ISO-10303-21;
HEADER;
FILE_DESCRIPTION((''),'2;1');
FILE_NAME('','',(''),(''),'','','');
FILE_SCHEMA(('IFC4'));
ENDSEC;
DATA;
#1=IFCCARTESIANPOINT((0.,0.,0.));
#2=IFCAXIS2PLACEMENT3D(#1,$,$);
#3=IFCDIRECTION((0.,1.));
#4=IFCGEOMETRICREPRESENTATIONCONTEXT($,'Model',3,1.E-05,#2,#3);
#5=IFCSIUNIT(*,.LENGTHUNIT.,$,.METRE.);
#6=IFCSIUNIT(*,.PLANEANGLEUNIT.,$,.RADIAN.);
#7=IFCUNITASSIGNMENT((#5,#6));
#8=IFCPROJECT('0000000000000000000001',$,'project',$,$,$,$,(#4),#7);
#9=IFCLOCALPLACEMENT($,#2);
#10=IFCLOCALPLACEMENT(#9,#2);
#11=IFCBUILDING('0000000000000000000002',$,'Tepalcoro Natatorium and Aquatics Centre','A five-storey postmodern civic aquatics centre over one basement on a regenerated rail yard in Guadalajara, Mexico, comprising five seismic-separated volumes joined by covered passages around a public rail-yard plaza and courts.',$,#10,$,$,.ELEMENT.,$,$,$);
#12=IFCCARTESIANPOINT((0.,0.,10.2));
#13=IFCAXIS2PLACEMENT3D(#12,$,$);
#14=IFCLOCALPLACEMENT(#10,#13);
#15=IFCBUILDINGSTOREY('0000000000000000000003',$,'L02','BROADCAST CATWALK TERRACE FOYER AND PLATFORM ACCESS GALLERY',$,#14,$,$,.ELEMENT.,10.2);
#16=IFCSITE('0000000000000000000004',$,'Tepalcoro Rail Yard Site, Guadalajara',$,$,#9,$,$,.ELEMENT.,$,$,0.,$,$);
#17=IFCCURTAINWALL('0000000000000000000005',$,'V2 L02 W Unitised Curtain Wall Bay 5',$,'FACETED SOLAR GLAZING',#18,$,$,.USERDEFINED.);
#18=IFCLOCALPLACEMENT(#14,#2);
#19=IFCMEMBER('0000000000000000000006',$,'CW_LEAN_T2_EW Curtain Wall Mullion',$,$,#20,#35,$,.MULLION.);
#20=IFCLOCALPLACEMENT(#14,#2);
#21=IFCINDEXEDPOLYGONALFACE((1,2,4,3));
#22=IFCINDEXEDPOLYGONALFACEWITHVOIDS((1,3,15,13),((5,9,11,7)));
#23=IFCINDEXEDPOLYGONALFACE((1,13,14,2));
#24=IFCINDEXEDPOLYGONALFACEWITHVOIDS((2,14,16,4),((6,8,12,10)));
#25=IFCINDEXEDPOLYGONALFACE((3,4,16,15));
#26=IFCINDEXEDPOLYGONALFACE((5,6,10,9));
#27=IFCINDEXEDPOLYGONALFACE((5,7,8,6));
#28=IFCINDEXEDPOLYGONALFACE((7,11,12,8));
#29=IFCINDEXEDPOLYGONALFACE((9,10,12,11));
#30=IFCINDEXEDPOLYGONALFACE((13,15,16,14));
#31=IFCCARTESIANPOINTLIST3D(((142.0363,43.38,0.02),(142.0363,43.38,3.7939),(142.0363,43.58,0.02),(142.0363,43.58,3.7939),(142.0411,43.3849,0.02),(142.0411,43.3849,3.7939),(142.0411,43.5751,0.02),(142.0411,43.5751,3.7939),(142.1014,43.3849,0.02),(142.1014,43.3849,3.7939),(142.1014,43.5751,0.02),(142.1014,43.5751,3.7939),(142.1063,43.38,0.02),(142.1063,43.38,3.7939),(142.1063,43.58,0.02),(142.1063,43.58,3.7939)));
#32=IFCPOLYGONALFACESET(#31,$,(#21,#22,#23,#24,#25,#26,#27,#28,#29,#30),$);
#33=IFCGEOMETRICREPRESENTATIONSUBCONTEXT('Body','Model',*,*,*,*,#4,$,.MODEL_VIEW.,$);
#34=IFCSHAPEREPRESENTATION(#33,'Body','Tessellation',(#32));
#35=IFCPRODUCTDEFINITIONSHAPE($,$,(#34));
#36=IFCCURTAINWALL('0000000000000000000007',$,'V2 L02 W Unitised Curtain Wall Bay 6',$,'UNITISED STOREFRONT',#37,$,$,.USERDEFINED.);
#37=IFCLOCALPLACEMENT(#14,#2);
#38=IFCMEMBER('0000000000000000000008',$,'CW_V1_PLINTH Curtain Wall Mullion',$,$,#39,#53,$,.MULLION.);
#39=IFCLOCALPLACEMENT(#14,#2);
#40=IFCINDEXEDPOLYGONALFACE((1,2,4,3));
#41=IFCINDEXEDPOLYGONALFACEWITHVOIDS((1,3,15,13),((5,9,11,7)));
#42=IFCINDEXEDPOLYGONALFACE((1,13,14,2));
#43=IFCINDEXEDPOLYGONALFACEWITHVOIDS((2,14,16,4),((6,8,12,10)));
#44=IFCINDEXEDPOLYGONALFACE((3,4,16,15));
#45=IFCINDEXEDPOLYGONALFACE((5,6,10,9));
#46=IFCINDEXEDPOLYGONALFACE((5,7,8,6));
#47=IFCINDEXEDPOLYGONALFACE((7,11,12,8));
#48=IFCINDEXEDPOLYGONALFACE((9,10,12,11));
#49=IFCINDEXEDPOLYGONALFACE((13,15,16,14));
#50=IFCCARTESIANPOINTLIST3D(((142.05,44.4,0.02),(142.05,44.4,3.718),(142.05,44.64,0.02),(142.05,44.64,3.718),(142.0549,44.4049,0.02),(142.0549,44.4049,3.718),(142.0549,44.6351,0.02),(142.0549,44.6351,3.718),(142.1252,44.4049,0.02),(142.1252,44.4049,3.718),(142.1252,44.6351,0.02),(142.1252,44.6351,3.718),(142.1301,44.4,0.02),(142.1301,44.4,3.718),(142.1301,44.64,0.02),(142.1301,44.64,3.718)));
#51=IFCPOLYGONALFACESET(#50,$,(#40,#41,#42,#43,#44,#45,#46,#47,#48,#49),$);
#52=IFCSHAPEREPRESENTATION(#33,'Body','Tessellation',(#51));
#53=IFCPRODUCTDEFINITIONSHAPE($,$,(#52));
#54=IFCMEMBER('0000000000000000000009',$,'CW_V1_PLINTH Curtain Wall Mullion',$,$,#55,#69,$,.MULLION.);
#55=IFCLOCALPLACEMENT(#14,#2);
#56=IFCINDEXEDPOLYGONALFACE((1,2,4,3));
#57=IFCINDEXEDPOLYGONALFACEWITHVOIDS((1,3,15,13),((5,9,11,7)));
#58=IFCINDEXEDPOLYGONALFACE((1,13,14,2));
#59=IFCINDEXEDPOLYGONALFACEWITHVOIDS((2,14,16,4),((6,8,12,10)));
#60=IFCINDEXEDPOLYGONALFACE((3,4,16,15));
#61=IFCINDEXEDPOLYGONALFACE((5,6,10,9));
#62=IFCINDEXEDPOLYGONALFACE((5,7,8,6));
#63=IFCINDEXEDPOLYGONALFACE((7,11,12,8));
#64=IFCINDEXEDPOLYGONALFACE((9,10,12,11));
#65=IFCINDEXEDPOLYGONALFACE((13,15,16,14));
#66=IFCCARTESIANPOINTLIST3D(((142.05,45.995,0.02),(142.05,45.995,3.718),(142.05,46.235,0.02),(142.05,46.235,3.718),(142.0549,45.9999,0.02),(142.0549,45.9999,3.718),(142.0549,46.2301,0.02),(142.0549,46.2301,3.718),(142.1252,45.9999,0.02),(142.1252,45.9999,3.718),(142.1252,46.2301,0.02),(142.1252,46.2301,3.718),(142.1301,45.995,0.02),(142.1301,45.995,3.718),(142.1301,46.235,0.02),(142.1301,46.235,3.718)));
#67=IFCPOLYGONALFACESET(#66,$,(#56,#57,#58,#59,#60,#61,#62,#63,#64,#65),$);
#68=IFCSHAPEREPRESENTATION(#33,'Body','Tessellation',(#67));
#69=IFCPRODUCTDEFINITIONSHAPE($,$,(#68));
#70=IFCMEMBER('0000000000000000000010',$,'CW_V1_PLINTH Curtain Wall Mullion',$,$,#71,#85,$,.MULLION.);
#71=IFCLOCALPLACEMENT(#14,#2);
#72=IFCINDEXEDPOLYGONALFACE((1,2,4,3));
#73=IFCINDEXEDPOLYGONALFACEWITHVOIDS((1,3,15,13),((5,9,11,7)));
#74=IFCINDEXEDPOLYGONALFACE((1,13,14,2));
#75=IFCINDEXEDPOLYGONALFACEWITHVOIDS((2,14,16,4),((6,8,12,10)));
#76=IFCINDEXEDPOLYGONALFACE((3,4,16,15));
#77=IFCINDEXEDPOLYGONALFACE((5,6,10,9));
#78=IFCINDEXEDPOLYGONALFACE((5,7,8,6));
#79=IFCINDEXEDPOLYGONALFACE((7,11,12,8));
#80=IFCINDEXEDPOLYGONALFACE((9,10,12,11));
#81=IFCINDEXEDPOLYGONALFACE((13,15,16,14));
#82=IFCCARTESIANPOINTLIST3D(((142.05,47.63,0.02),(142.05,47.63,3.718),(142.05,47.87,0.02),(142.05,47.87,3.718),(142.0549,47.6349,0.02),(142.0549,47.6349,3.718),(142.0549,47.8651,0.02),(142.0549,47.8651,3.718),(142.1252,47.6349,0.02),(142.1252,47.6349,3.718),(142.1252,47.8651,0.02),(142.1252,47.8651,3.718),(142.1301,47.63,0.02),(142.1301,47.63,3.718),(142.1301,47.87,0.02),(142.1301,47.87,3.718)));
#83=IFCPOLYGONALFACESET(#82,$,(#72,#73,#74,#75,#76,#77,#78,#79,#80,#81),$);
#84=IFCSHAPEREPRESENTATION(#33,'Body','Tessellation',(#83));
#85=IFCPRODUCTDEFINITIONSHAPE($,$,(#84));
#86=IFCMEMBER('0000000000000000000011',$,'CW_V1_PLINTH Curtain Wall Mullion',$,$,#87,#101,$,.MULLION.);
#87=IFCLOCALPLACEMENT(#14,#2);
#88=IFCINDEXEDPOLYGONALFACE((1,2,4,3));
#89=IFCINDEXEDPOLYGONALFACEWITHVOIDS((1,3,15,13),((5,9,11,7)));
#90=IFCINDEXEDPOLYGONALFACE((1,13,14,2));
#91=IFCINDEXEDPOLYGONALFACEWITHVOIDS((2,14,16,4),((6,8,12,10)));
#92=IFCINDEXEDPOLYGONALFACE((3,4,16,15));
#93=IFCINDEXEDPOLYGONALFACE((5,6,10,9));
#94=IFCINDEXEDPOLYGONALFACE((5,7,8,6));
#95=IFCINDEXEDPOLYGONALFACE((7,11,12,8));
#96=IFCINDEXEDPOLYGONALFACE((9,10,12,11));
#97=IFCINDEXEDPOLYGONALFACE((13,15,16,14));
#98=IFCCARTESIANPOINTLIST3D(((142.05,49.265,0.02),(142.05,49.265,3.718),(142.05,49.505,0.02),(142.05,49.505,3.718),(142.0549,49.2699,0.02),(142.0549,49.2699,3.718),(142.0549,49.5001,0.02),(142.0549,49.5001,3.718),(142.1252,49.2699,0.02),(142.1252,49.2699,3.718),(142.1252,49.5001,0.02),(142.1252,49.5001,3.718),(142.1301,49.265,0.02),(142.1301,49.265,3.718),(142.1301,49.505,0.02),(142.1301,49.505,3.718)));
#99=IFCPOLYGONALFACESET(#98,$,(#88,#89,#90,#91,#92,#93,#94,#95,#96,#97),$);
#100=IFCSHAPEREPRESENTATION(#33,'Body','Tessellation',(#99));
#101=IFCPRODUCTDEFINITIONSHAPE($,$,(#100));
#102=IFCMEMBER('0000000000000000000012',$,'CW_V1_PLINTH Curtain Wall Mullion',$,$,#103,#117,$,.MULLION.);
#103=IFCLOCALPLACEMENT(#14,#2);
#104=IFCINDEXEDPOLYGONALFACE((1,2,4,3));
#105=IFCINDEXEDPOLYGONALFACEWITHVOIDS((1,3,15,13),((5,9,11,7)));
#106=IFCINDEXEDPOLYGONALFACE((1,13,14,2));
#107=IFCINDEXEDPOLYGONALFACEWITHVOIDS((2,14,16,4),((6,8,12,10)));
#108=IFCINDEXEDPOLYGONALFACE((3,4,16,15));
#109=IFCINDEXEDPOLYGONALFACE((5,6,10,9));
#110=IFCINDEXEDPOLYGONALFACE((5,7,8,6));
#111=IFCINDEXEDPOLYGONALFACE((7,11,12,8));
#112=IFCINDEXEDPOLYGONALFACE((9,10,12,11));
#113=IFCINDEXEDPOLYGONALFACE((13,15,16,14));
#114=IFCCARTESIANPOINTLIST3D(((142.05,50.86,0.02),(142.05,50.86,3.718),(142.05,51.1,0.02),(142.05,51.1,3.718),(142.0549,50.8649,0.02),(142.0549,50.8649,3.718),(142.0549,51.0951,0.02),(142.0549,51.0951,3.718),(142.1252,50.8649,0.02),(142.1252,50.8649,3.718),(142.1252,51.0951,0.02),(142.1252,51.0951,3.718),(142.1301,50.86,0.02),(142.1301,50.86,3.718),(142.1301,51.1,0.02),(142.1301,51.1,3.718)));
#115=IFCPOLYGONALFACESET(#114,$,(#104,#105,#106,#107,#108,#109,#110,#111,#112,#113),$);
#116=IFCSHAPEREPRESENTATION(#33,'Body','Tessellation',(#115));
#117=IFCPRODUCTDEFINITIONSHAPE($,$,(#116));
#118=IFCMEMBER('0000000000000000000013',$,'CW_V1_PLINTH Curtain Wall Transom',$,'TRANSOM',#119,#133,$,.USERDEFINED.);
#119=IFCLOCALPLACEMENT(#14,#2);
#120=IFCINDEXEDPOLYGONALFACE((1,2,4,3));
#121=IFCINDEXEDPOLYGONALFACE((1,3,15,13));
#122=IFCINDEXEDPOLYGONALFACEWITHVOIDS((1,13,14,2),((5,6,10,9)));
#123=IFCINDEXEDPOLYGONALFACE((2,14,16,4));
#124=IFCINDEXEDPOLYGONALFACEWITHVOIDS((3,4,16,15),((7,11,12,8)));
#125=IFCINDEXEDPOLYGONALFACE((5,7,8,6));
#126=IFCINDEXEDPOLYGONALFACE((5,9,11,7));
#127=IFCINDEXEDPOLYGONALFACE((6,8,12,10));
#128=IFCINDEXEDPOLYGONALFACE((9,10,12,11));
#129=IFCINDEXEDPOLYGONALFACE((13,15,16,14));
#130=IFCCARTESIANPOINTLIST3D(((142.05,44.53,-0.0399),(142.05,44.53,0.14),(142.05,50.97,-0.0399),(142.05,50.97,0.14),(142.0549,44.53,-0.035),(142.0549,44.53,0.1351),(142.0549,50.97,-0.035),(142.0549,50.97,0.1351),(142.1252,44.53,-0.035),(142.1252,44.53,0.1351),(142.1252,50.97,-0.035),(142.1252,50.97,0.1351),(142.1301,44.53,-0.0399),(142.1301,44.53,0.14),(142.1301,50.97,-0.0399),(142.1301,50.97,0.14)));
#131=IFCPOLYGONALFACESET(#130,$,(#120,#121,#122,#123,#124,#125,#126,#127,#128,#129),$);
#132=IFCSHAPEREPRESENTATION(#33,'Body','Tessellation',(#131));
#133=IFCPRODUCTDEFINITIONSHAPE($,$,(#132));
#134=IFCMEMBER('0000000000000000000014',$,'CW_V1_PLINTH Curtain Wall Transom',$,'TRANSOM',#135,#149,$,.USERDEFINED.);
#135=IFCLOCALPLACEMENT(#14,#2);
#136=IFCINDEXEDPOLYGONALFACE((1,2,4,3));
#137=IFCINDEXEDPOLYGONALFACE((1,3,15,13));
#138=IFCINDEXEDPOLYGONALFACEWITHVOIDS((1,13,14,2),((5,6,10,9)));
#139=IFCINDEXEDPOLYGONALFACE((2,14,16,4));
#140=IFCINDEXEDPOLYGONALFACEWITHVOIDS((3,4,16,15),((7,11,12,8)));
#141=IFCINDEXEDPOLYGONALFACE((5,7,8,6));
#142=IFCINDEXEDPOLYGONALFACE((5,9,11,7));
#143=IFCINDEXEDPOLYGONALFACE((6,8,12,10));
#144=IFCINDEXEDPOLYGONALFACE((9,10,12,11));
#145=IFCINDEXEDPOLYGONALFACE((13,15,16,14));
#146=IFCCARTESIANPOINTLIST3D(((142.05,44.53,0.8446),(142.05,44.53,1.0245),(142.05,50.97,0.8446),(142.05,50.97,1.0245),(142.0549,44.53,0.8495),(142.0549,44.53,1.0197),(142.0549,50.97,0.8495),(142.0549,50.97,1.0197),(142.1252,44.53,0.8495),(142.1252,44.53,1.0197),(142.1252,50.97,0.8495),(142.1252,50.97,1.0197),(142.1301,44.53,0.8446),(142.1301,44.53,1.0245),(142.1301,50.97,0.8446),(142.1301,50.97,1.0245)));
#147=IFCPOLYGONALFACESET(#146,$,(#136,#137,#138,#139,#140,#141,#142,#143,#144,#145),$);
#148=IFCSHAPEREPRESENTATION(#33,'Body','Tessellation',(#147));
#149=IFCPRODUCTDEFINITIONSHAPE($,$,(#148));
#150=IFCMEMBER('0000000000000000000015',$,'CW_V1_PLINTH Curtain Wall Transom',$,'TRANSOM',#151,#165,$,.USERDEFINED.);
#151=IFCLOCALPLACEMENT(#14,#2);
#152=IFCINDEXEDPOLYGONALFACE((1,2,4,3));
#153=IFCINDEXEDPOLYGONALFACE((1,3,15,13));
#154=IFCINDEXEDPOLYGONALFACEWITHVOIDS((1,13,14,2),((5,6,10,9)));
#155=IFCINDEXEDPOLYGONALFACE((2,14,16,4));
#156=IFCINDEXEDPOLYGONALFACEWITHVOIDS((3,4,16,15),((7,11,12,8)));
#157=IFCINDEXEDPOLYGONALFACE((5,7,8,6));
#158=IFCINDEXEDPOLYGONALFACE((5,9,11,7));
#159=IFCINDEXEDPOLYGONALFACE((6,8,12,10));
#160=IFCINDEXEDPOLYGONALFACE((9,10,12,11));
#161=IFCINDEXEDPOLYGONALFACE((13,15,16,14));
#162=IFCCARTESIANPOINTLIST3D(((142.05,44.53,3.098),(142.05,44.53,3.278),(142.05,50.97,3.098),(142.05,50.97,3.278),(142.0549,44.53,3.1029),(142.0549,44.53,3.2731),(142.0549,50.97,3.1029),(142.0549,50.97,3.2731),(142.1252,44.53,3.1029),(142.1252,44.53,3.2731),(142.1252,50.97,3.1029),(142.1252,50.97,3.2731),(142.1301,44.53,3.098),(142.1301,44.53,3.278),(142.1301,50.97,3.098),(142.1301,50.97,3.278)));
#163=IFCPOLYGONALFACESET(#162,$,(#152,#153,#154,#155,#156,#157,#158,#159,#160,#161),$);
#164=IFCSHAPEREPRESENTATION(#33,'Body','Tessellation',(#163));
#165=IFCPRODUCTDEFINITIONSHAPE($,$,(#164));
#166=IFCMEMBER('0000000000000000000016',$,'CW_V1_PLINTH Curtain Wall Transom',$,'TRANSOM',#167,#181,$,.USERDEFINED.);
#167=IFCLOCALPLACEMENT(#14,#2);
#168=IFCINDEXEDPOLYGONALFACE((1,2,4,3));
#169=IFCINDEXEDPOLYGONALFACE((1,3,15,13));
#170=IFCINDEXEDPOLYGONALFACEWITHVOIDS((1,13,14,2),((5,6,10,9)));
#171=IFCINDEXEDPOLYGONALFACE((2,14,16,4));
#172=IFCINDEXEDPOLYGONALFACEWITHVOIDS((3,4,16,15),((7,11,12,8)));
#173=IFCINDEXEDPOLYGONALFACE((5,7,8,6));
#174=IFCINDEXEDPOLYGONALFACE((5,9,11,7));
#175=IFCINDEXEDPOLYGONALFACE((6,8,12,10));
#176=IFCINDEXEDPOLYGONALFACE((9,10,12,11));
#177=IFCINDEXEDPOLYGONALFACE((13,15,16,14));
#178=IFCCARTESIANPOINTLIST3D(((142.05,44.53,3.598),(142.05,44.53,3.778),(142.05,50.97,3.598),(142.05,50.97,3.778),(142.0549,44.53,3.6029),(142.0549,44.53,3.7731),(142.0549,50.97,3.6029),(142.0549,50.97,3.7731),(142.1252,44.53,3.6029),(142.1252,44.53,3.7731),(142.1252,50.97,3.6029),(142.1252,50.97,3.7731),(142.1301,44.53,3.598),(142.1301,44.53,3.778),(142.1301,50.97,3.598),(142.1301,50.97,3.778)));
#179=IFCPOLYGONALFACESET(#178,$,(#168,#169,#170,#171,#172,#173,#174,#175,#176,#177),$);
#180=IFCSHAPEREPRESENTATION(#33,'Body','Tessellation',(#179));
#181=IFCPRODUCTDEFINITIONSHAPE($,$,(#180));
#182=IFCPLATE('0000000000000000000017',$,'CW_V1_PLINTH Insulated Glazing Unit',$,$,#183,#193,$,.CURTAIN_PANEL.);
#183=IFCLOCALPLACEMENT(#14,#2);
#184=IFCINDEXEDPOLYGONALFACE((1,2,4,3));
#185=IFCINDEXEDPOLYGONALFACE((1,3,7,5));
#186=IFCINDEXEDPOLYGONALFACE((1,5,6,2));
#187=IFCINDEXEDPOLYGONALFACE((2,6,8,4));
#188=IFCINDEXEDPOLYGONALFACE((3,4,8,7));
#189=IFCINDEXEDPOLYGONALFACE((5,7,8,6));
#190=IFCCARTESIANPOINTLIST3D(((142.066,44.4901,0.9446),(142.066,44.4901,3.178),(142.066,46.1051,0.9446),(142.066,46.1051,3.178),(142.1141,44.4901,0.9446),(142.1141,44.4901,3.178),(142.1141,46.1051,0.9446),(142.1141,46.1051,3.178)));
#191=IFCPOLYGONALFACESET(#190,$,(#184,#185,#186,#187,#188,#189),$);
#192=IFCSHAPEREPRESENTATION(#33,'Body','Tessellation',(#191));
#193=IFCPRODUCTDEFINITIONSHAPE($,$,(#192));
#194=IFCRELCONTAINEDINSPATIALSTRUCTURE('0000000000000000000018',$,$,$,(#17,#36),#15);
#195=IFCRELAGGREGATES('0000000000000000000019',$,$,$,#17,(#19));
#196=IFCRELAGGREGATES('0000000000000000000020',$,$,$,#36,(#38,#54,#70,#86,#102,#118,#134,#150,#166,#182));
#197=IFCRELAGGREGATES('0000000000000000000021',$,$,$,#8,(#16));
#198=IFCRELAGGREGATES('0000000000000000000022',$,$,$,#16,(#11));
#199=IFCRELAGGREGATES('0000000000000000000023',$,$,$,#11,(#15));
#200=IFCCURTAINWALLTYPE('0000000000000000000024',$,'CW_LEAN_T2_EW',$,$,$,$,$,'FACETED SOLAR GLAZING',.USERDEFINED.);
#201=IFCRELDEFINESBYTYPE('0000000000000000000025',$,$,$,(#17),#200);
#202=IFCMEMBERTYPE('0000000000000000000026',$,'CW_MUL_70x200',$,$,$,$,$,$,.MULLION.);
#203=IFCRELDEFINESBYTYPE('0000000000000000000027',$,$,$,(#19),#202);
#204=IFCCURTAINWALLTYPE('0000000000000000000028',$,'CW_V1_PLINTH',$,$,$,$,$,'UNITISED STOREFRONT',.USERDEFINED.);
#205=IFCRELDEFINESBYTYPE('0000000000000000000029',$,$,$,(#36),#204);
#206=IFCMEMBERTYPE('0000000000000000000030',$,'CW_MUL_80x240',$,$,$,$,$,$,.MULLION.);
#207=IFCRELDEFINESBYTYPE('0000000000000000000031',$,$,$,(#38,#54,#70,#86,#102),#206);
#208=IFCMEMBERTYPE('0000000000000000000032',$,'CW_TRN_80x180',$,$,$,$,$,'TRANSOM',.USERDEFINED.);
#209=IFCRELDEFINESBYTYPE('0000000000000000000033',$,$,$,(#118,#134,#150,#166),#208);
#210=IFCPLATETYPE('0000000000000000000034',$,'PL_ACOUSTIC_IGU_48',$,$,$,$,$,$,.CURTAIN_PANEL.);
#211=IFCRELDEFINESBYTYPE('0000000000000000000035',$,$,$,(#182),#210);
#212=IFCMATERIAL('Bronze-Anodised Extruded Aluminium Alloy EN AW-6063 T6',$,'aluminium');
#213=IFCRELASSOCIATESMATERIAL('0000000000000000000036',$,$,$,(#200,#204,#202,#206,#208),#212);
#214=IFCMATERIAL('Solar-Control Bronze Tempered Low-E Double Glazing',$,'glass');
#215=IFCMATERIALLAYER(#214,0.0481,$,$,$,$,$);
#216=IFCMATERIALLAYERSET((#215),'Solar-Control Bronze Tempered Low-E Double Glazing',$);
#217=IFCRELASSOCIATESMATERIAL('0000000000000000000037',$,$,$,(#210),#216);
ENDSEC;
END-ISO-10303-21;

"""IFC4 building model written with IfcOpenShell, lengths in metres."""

from ifc_helpers import new_model, si_unit, direction, frame, origin, origin_2d, place, context, subcontext, project, spatial, rectangle, hollow_rectangle, extrude, material, layer, layer_set, material_profile, profile_set, type_object, element, aggregate, save


model = new_model("IFC4")

# Units and contexts
model_context = context("Model", 3, precision=1e-05, world=origin(), true_north=direction((0.0, 1.0)))
body_context = subcontext(model_context, "Body", "Model", "MODEL_VIEW")
ifc_project = project(units=[si_unit("LENGTHUNIT", "METRE"), si_unit("PLANEANGLEUNIT", "RADIAN")], contexts=[model_context])

# Site, building, storey
site_placement = place(None, origin())
site = spatial("IfcSite", under=ifc_project, at=site_placement, Name="Tepalcoro Rail Yard Site, Guadalajara", CompositionType="ELEMENT", RefElevation=0.0)
building_placement = place(site_placement, origin())
building = spatial("IfcBuilding", under=site, at=building_placement, Name="Tepalcoro Natatorium and Aquatics Centre", Description="A five-storey postmodern civic aquatics centre over one basement on a regenerated rail yard in Guadalajara, Mexico, comprising five seismic-separated volumes joined by covered passages around a public rail-yard plaza and courts.", CompositionType="ELEMENT")
storey_placement = place(building_placement, frame((0.0, 0.0, 10.2)))
storey = spatial("IfcBuildingStorey", under=building, at=storey_placement, Name="L02", Description="BROADCAST CATWALK TERRACE FOYER AND PLATFORM ACCESS GALLERY", CompositionType="ELEMENT", Elevation=10.2)

# Curtain wall, member
ifc_material_1 = material(Name="Bronze-Anodised Extruded Aluminium Alloy EN AW-6063 T6", Category="aluminium")
curtain_wall_type_1 = type_object("IfcCurtainWallType", Name="CW_LEAN_T2_EW", ElementType="FACETED SOLAR GLAZING", PredefinedType="USERDEFINED", material=ifc_material_1)
curtain_wall_1_placement = place(storey_placement, origin())
curtain_wall_1 = element("IfcCurtainWall", 1, at=curtain_wall_1_placement, inside=storey, type_object=curtain_wall_type_1, Name="V2 L02 W Unitised Curtain Wall Bay 5", ObjectType="FACETED SOLAR GLAZING", PredefinedType="USERDEFINED")
ifc_material_profile_1 = material_profile(ifc_material_1, hollow_rectangle(XDim=0.0701, YDim=0.2, WallThickness=0.0049, at=origin_2d()), Name="AL70X200X5")
ifc_profile_set_1 = profile_set([ifc_material_profile_1], Name="Bronze-Anodised Extruded Aluminium Alloy EN AW-6063 T6")
member_type_1 = type_object("IfcMemberType", Name="CW_MUL_70x200", PredefinedType="MULLION", material=ifc_profile_set_1)
member_1_placement = place(storey_placement, frame((142.0713, 43.48, 0.02), z_axis=(0.0, 0.0, 1.0), x_axis=(1.0, 0.0, 0.0)))
member_1 = element("IfcMember", 2, at=member_1_placement, type_object=member_type_1, Name="CW_LEAN_T2_EW Curtain Wall Mullion", PredefinedType="MULLION", context=body_context, shape_type="SweptSolid", body=[
    extrude(hollow_rectangle(XDim=0.0701, YDim=0.2, WallThickness=0.0049, at=origin_2d()), origin(), (0.0, 0.0, 1.0), 3.7739),
])
aggregate(curtain_wall_1, [member_1])

# Curtain wall, members, plate
curtain_wall_type_2 = type_object("IfcCurtainWallType", Name="CW_V1_PLINTH", ElementType="UNITISED STOREFRONT", PredefinedType="USERDEFINED", material=ifc_material_1)
curtain_wall_2_placement = place(storey_placement, origin())
curtain_wall_2 = element("IfcCurtainWall", 3, at=curtain_wall_2_placement, inside=storey, type_object=curtain_wall_type_2, Name="V2 L02 W Unitised Curtain Wall Bay 6", ObjectType="UNITISED STOREFRONT", PredefinedType="USERDEFINED")
ifc_material_profile_2 = material_profile(ifc_material_1, hollow_rectangle(XDim=0.0801, YDim=0.24, WallThickness=0.0049, at=origin_2d()), Name="AL80X240X5")
ifc_profile_set_2 = profile_set([ifc_material_profile_2], Name="Bronze-Anodised Extruded Aluminium Alloy EN AW-6063 T6")
member_type_2 = type_object("IfcMemberType", Name="CW_MUL_80x240", PredefinedType="MULLION", material=ifc_profile_set_2)
member_2_placement = place(storey_placement, frame((142.0901, 44.52, 0.02), z_axis=(0.0, 0.0, 1.0), x_axis=(1.0, 0.0, 0.0)))
member_2 = element("IfcMember", 4, at=member_2_placement, type_object=member_type_2, Name="CW_V1_PLINTH Curtain Wall Mullion", PredefinedType="MULLION", context=body_context, shape_type="SweptSolid", body=[
    extrude(hollow_rectangle(XDim=0.0801, YDim=0.24, WallThickness=0.0049, at=origin_2d()), origin(), (0.0, 0.0, 1.0), 3.698),
])
member_3_placement = place(storey_placement, frame((142.0901, 46.115, 0.02), z_axis=(0.0, 0.0, 1.0), x_axis=(1.0, 0.0, 0.0)))
member_3 = element("IfcMember", 5, at=member_3_placement, type_object=member_type_2, Name="CW_V1_PLINTH Curtain Wall Mullion", PredefinedType="MULLION", context=body_context, shape_type="SweptSolid", body=[
    extrude(hollow_rectangle(XDim=0.0801, YDim=0.24, WallThickness=0.0049, at=origin_2d()), origin(), (0.0, 0.0, 1.0), 3.698),
])
member_4_placement = place(storey_placement, frame((142.0901, 47.75, 0.02), z_axis=(0.0, 0.0, 1.0), x_axis=(1.0, 0.0, 0.0)))
member_4 = element("IfcMember", 6, at=member_4_placement, type_object=member_type_2, Name="CW_V1_PLINTH Curtain Wall Mullion", PredefinedType="MULLION", context=body_context, shape_type="SweptSolid", body=[
    extrude(hollow_rectangle(XDim=0.0801, YDim=0.24, WallThickness=0.0049, at=origin_2d()), origin(), (0.0, 0.0, 1.0), 3.698),
])
member_5_placement = place(storey_placement, frame((142.0901, 49.385, 0.02), z_axis=(0.0, 0.0, 1.0), x_axis=(1.0, 0.0, 0.0)))
member_5 = element("IfcMember", 7, at=member_5_placement, type_object=member_type_2, Name="CW_V1_PLINTH Curtain Wall Mullion", PredefinedType="MULLION", context=body_context, shape_type="SweptSolid", body=[
    extrude(hollow_rectangle(XDim=0.0801, YDim=0.24, WallThickness=0.0049, at=origin_2d()), origin(), (0.0, 0.0, 1.0), 3.698),
])
member_6_placement = place(storey_placement, frame((142.0901, 50.98, 0.02), z_axis=(0.0, 0.0, 1.0), x_axis=(1.0, 0.0, 0.0)))
member_6 = element("IfcMember", 8, at=member_6_placement, type_object=member_type_2, Name="CW_V1_PLINTH Curtain Wall Mullion", PredefinedType="MULLION", context=body_context, shape_type="SweptSolid", body=[
    extrude(hollow_rectangle(XDim=0.0801, YDim=0.24, WallThickness=0.0049, at=origin_2d()), origin(), (0.0, 0.0, 1.0), 3.698),
])
ifc_material_profile_3 = material_profile(ifc_material_1, hollow_rectangle(XDim=0.0801, YDim=0.1799, WallThickness=0.0049, at=origin_2d()), Name="AL80X180X5")
ifc_profile_set_3 = profile_set([ifc_material_profile_3], Name="Bronze-Anodised Extruded Aluminium Alloy EN AW-6063 T6")
member_type_3 = type_object("IfcMemberType", Name="CW_TRN_80x180", ElementType="TRANSOM", PredefinedType="USERDEFINED", material=ifc_profile_set_3)
member_7_placement = place(storey_placement, frame((142.0901, 44.53, 0.05), z_axis=(0.0, 1.0, 0.0), x_axis=(-1.0, 0.0, 0.0)))
member_7 = element("IfcMember", 9, at=member_7_placement, type_object=member_type_3, Name="CW_V1_PLINTH Curtain Wall Transom", ObjectType="TRANSOM", PredefinedType="USERDEFINED", context=body_context, shape_type="SweptSolid", body=[
    extrude(hollow_rectangle(XDim=0.0801, YDim=0.1799, WallThickness=0.0049, at=origin_2d()), origin(), (0.0, 0.0, 1.0), 6.4399),
])
member_8_placement = place(storey_placement, frame((142.0901, 44.53, 0.9346), z_axis=(0.0, 1.0, 0.0), x_axis=(-1.0, 0.0, 0.0)))
member_8 = element("IfcMember", 10, at=member_8_placement, type_object=member_type_3, Name="CW_V1_PLINTH Curtain Wall Transom", ObjectType="TRANSOM", PredefinedType="USERDEFINED", context=body_context, shape_type="SweptSolid", body=[
    extrude(hollow_rectangle(XDim=0.0801, YDim=0.1799, WallThickness=0.0049, at=origin_2d()), origin(), (0.0, 0.0, 1.0), 6.4399),
])
member_9_placement = place(storey_placement, frame((142.0901, 44.53, 3.188), z_axis=(0.0, 1.0, 0.0), x_axis=(-1.0, 0.0, 0.0)))
member_9 = element("IfcMember", 11, at=member_9_placement, type_object=member_type_3, Name="CW_V1_PLINTH Curtain Wall Transom", ObjectType="TRANSOM", PredefinedType="USERDEFINED", context=body_context, shape_type="SweptSolid", body=[
    extrude(hollow_rectangle(XDim=0.0801, YDim=0.1799, WallThickness=0.0049, at=origin_2d()), origin(), (0.0, 0.0, 1.0), 6.4399),
])
member_10_placement = place(storey_placement, frame((142.0901, 44.53, 3.688), z_axis=(0.0, 1.0, 0.0), x_axis=(-1.0, 0.0, 0.0)))
member_10 = element("IfcMember", 12, at=member_10_placement, type_object=member_type_3, Name="CW_V1_PLINTH Curtain Wall Transom", ObjectType="TRANSOM", PredefinedType="USERDEFINED", context=body_context, shape_type="SweptSolid", body=[
    extrude(hollow_rectangle(XDim=0.0801, YDim=0.1799, WallThickness=0.0049, at=origin_2d()), origin(), (0.0, 0.0, 1.0), 6.4399),
])
ifc_material_2 = material(Name="Solar-Control Bronze Tempered Low-E Double Glazing", Category="glass")
ifc_layer_1 = layer(ifc_material_2, 0.0481)
ifc_layer_set_1 = layer_set([ifc_layer_1], Name="Solar-Control Bronze Tempered Low-E Double Glazing")
plate_type_1 = type_object("IfcPlateType", Name="PL_ACOUSTIC_IGU_48", PredefinedType="CURTAIN_PANEL", material=ifc_layer_set_1)
plate_1_placement = place(storey_placement, frame((142.0901, 45.2976, 0.9446), z_axis=(0.0, 0.0, 1.0), x_axis=(1.0, 0.0, 0.0)))
plate_1 = element("IfcPlate", 13, at=plate_1_placement, type_object=plate_type_1, Name="CW_V1_PLINTH Insulated Glazing Unit", PredefinedType="CURTAIN_PANEL", context=body_context, shape_type="SweptSolid", body=[
    extrude(rectangle(XDim=0.0481, YDim=1.615, at=origin_2d()), origin(), (0.0, 0.0, 1.0), 2.2334),
])
aggregate(curtain_wall_2, [member_2, member_3, member_4, member_5, member_6, member_7, member_8, member_9, member_10, plate_1])

save(model, "model.ifc")
